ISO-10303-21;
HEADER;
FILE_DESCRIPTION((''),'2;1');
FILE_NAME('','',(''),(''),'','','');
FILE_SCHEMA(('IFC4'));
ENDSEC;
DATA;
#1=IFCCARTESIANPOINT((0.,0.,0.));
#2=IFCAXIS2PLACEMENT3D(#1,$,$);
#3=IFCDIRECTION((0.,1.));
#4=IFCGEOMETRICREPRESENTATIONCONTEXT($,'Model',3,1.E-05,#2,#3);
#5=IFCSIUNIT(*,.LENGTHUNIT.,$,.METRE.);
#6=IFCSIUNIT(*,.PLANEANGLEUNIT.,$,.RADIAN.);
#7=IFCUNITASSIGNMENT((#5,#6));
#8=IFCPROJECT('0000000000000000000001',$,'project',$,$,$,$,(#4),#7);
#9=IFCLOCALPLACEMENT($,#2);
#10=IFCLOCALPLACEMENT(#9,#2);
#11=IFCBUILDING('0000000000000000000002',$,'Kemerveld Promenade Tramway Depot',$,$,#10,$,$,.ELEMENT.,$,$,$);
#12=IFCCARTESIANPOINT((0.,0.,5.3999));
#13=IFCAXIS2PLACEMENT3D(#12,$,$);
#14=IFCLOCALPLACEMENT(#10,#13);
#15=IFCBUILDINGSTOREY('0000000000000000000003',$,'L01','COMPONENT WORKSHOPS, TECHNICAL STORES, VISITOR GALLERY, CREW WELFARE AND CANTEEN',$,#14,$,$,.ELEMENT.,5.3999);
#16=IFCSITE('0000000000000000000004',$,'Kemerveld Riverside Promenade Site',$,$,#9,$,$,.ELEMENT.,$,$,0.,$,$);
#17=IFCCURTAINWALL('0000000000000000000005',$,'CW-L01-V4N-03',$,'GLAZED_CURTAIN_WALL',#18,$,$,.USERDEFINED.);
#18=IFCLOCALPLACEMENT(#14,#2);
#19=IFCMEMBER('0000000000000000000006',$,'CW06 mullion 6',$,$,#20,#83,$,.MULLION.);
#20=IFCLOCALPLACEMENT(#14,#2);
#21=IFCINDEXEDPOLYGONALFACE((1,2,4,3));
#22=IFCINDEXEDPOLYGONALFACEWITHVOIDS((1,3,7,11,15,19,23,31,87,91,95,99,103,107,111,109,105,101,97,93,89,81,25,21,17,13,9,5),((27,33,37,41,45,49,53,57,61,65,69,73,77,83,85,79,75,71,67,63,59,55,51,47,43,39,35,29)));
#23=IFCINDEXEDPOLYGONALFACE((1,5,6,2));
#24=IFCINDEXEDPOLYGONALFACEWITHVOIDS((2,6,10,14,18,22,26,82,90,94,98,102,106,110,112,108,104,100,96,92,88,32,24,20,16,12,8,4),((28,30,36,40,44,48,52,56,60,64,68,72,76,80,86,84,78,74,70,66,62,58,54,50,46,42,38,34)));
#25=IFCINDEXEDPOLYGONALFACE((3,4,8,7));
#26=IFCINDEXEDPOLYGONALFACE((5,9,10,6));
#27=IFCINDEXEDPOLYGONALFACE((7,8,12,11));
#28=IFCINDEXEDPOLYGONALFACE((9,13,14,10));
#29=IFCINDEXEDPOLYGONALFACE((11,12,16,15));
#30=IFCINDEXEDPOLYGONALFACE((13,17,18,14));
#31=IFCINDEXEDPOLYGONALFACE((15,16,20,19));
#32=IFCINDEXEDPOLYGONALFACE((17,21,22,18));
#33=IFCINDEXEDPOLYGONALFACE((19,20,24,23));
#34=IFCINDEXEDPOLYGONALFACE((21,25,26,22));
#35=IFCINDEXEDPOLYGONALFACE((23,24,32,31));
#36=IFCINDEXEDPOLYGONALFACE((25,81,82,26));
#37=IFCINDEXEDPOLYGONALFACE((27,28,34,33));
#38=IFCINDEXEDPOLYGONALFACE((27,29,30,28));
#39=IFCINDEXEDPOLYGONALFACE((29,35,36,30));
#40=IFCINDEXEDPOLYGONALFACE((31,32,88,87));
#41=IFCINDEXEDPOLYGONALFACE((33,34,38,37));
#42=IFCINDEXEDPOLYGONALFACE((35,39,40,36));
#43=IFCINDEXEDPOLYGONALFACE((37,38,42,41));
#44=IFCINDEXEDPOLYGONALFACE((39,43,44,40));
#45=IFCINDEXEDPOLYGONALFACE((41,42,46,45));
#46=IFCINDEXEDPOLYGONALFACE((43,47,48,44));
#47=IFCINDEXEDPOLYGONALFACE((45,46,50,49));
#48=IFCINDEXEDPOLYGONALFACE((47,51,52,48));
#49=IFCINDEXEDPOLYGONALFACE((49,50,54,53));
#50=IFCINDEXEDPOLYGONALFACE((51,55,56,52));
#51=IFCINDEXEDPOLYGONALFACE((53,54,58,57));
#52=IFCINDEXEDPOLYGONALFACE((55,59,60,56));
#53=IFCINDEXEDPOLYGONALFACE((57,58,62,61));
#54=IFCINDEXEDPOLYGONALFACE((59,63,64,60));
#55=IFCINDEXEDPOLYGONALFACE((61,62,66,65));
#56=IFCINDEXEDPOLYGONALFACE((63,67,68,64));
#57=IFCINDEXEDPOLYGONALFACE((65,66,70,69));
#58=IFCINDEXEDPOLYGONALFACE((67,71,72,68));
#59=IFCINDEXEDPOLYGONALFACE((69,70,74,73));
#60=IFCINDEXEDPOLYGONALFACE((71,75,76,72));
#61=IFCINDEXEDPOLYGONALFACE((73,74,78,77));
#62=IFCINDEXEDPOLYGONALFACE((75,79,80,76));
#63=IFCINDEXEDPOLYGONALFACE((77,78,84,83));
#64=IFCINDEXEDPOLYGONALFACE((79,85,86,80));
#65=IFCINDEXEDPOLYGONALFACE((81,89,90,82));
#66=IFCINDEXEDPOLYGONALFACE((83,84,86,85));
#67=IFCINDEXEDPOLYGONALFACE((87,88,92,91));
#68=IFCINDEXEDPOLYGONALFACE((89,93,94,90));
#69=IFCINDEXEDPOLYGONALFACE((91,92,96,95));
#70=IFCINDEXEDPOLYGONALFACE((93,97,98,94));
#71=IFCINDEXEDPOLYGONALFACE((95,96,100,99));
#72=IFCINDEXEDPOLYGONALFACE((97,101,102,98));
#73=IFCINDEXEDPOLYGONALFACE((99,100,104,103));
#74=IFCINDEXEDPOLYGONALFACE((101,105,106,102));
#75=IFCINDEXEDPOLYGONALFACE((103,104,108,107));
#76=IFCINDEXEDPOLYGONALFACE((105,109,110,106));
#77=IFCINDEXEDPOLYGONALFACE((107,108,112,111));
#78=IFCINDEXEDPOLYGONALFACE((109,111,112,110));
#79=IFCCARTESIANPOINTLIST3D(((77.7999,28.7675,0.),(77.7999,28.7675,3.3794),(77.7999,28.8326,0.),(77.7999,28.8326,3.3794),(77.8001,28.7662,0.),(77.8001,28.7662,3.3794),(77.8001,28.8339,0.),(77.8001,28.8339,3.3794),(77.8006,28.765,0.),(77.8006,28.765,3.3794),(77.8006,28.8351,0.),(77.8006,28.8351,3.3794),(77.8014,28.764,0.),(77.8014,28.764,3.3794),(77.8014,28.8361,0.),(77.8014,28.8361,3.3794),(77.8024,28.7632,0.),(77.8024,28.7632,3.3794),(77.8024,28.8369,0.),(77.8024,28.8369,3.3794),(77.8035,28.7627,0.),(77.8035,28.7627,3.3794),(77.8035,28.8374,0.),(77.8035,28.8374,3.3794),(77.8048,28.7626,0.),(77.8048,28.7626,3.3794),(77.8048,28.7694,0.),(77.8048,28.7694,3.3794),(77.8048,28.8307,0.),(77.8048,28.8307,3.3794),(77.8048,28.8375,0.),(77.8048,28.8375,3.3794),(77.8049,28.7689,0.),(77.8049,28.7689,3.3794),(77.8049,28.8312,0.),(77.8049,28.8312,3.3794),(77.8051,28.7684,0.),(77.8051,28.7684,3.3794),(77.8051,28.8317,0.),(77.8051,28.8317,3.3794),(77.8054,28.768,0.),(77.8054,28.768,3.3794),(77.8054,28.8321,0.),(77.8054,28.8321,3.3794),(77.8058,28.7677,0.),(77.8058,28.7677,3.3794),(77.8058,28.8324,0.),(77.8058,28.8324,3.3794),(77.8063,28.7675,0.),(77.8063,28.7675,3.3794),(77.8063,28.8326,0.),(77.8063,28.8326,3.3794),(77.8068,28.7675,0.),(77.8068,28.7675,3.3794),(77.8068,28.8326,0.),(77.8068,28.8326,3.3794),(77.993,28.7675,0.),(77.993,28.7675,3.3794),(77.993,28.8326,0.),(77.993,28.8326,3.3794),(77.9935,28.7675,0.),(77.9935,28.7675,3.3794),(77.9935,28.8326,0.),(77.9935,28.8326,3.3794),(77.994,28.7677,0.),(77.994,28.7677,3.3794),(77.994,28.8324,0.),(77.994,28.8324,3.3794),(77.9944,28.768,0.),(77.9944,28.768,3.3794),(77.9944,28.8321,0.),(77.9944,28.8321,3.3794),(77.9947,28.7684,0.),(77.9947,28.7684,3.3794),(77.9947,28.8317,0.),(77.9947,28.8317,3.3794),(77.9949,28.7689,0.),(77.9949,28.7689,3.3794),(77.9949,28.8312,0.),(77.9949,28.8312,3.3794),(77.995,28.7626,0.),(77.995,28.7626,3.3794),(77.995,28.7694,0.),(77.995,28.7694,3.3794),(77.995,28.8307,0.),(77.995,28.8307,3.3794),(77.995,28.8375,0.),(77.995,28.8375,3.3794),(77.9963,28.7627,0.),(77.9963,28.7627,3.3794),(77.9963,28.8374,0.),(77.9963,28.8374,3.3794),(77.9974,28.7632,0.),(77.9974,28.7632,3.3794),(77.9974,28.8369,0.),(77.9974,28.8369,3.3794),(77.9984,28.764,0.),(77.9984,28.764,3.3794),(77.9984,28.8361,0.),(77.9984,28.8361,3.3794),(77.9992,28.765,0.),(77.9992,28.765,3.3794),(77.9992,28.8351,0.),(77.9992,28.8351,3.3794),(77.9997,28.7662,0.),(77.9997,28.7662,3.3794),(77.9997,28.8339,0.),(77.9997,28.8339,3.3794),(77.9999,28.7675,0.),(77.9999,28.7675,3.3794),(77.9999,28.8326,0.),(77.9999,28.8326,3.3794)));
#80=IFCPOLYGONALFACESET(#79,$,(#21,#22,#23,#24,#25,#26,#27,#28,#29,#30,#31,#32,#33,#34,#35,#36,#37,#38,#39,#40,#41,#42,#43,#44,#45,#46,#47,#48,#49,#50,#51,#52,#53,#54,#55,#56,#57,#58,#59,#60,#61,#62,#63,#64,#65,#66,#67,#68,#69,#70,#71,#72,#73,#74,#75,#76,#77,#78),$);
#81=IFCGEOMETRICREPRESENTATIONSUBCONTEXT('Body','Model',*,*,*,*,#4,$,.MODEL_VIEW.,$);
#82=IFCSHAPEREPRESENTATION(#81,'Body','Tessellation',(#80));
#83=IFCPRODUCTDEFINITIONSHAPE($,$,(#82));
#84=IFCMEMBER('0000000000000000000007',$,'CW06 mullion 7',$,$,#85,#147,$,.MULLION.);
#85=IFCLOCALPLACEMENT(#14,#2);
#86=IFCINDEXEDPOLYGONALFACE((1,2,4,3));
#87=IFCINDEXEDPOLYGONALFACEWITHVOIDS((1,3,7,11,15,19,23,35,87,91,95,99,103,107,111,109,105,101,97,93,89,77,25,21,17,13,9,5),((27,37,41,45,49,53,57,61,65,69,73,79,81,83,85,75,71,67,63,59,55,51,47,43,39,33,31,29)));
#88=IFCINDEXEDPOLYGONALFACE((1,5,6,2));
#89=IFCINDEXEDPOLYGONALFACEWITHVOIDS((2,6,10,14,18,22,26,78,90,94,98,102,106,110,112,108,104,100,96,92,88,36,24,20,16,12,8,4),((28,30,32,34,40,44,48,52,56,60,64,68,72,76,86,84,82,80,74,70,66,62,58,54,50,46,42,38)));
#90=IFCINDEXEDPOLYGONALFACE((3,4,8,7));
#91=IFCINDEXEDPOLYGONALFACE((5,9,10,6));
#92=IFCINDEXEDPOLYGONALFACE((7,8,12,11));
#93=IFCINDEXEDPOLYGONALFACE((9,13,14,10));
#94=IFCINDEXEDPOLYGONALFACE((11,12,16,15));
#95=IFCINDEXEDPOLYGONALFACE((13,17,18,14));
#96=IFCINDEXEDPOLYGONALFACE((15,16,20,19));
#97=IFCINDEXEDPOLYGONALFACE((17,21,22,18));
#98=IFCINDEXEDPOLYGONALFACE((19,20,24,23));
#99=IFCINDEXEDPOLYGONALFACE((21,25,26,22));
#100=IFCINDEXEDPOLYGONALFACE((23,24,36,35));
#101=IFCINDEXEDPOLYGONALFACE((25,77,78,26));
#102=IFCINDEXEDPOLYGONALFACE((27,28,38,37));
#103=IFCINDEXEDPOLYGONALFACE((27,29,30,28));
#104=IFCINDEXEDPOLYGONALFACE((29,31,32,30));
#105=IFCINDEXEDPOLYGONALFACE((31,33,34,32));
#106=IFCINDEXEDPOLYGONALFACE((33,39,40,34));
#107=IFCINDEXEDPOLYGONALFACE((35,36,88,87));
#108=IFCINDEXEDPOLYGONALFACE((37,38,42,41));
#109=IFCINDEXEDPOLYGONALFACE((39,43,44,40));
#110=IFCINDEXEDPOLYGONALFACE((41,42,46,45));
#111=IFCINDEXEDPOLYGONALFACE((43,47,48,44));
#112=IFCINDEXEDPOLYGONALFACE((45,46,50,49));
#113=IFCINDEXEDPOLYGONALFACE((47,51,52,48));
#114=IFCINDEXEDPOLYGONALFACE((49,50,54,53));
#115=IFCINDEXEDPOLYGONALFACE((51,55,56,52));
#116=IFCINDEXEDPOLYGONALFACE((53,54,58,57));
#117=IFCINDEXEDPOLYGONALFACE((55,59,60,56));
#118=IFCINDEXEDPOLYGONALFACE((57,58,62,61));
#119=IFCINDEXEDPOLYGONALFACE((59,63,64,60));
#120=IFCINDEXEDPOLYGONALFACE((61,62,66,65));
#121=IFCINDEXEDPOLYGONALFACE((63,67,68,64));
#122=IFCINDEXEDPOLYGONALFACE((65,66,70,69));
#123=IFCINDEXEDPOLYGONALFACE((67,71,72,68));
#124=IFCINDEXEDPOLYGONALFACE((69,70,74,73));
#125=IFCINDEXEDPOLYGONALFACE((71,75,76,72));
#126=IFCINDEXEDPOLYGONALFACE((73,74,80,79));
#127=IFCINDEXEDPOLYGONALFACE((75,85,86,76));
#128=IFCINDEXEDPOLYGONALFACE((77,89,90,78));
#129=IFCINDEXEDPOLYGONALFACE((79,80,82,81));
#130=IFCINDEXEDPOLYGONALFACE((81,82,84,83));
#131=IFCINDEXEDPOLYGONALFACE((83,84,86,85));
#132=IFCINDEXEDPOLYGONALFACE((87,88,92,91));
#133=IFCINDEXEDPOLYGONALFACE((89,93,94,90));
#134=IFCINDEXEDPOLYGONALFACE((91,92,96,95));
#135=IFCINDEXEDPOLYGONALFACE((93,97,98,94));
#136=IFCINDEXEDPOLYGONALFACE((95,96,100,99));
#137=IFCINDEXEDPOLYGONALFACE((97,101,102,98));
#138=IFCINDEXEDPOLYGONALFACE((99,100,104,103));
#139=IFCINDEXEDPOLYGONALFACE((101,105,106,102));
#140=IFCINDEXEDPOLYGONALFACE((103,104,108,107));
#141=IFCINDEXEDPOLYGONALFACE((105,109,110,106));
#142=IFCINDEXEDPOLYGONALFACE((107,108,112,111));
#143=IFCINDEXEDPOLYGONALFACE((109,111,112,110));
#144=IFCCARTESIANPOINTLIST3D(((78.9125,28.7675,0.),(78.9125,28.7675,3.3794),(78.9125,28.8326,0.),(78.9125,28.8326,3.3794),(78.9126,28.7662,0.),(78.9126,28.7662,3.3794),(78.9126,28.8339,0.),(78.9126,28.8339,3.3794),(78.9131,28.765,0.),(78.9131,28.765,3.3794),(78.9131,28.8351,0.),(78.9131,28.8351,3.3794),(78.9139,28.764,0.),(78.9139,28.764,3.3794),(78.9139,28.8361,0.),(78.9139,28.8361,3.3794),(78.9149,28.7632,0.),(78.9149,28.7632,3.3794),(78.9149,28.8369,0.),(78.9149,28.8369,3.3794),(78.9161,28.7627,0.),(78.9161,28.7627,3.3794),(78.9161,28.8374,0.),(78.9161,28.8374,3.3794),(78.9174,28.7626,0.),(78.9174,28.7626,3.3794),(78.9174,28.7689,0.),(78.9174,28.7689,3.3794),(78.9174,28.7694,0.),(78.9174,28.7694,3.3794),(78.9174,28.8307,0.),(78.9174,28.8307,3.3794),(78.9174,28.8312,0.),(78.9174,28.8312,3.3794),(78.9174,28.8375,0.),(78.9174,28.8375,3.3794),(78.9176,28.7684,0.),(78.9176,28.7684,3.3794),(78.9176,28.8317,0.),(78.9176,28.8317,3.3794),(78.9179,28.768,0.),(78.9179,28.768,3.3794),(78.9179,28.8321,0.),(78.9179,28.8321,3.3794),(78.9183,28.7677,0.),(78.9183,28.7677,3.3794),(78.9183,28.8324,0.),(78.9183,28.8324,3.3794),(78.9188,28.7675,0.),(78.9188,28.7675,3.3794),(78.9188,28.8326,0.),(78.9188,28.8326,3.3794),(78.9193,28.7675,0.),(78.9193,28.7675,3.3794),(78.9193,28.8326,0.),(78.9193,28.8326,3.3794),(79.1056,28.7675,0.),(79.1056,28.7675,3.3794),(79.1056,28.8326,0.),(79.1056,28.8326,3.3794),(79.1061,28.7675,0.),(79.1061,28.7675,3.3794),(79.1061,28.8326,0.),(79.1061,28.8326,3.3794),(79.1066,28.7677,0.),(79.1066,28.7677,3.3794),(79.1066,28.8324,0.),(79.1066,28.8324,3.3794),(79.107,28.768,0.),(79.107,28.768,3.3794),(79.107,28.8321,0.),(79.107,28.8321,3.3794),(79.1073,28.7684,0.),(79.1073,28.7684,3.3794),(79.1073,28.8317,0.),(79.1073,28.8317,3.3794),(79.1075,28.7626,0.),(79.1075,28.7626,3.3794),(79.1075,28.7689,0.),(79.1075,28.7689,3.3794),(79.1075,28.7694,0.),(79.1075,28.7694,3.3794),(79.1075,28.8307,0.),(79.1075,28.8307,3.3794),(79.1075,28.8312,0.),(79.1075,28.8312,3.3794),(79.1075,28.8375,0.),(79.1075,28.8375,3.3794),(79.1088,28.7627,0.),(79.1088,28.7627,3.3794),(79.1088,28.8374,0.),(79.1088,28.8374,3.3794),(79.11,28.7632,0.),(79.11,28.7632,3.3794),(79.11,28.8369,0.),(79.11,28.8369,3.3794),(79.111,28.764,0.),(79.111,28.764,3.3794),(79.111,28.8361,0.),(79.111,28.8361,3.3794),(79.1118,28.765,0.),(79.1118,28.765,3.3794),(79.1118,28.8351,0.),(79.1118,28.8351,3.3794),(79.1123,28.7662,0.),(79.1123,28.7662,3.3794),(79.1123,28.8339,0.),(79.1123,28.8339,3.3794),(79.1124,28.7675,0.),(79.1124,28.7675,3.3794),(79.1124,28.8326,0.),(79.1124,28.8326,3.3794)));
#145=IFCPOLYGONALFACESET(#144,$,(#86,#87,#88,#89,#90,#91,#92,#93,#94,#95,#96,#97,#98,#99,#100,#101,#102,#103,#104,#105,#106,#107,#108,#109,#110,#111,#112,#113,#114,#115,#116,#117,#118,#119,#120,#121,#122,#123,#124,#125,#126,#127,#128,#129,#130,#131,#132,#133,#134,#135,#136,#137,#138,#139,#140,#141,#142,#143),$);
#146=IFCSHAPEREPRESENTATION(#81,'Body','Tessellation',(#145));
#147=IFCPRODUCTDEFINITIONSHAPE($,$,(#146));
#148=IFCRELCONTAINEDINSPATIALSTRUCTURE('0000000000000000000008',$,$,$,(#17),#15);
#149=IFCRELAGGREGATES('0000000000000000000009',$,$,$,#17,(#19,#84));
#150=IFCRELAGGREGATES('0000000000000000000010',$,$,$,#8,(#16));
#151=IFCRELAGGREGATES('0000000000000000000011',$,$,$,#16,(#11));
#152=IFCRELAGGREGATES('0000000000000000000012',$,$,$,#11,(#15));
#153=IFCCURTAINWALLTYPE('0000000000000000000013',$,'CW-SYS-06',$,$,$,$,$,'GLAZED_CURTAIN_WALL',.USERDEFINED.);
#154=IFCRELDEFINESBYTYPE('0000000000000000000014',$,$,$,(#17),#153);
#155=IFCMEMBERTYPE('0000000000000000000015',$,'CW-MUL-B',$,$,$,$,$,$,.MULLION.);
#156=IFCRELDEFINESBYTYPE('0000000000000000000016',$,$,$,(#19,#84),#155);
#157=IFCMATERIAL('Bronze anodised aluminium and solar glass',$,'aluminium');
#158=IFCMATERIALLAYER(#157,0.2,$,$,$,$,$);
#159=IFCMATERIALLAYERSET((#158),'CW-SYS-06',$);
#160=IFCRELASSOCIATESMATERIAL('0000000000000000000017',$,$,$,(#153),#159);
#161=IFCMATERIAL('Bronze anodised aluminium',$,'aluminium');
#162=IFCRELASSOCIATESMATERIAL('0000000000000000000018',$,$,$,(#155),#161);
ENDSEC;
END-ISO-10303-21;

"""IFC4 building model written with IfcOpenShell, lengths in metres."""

from ifc_helpers import new_model, si_unit, direction, frame, origin, origin_2d, place, context, subcontext, project, spatial, hollow_rectangle, extrude, material, layer, layer_set, material_profile, profile_set, type_object, element, aggregate, save


model = new_model("IFC4")

# Units and contexts
model_context = context("Model", 3, precision=1e-05, world=origin(), true_north=direction((0.0, 1.0)))
body_context = subcontext(model_context, "Body", "Model", "MODEL_VIEW")
ifc_project = project(units=[si_unit("LENGTHUNIT", "METRE"), si_unit("PLANEANGLEUNIT", "RADIAN")], contexts=[model_context])

# Site, building, storey
site_placement = place(None, origin())
site = spatial("IfcSite", under=ifc_project, at=site_placement, Name="Kemerveld Riverside Promenade Site", CompositionType="ELEMENT", RefElevation=0.0)
building_placement = place(site_placement, origin())
building = spatial("IfcBuilding", under=site, at=building_placement, Name="Kemerveld Promenade Tramway Depot", CompositionType="ELEMENT")
storey_placement = place(building_placement, frame((0.0, 0.0, 5.3999)))
storey = spatial("IfcBuildingStorey", under=building, at=storey_placement, Name="L01", Description="COMPONENT WORKSHOPS, TECHNICAL STORES, VISITOR GALLERY, CREW WELFARE AND CANTEEN", CompositionType="ELEMENT", Elevation=5.3999)

# Curtain wall, members
ifc_material_1 = material(Name="Bronze anodised aluminium and solar glass", Category="aluminium")
ifc_layer_1 = layer(ifc_material_1, 0.2)
ifc_layer_set_1 = layer_set([ifc_layer_1], Name="CW-SYS-06")
curtain_wall_type_1 = type_object("IfcCurtainWallType", Name="CW-SYS-06", ElementType="GLAZED_CURTAIN_WALL", PredefinedType="USERDEFINED", material=ifc_layer_set_1)
curtain_wall_1_placement = place(storey_placement, origin())
curtain_wall_1 = element("IfcCurtainWall", 1, at=curtain_wall_1_placement, inside=storey, type_object=curtain_wall_type_1, Name="CW-L01-V4N-03", ObjectType="GLAZED_CURTAIN_WALL", PredefinedType="USERDEFINED")
ifc_material_2 = material(Name="Bronze anodised aluminium", Category="aluminium")
ifc_material_profile_1 = material_profile(ifc_material_2, hollow_rectangle(XDim=0.075, YDim=0.2, WallThickness=0.0049, InnerFilletRadius=0.002, OuterFilletRadius=0.0049, at=origin_2d()), Name="CW-MUL-200x75")
ifc_profile_set_1 = profile_set([ifc_material_profile_1], Name="Bronze anodised aluminium")
member_type_1 = type_object("IfcMemberType", Name="CW-MUL-B", PredefinedType="MULLION", material=ifc_profile_set_1)
member_1_placement = place(storey_placement, frame((77.8999, 28.8, 0.0), z_axis=(0.0, 0.0, 1.0), x_axis=(0.0, 1.0, 0.0)))
member_1 = element("IfcMember", 2, at=member_1_placement, type_object=member_type_1, Name="CW06 mullion 6", PredefinedType="MULLION", context=body_context, shape_type="SweptSolid", body=[
    extrude(hollow_rectangle(XDim=0.075, YDim=0.2, WallThickness=0.0049, InnerFilletRadius=0.002, OuterFilletRadius=0.0049, at=origin_2d()), origin(), (0.0, 0.0, 1.0), 3.3794),
])
member_2_placement = place(storey_placement, frame((79.0125, 28.8, 0.0), z_axis=(0.0, 0.0, 1.0), x_axis=(0.0, 1.0, 0.0)))
member_2 = element("IfcMember", 3, at=member_2_placement, type_object=member_type_1, Name="CW06 mullion 7", PredefinedType="MULLION", context=body_context, shape_type="SweptSolid", body=[
    extrude(hollow_rectangle(XDim=0.075, YDim=0.2, WallThickness=0.0049, InnerFilletRadius=0.002, OuterFilletRadius=0.0049, at=origin_2d()), origin(), (0.0, 0.0, 1.0), 3.3794),
])

aggregate(curtain_wall_1, [member_1, member_2])

save(model, "model.ifc")
